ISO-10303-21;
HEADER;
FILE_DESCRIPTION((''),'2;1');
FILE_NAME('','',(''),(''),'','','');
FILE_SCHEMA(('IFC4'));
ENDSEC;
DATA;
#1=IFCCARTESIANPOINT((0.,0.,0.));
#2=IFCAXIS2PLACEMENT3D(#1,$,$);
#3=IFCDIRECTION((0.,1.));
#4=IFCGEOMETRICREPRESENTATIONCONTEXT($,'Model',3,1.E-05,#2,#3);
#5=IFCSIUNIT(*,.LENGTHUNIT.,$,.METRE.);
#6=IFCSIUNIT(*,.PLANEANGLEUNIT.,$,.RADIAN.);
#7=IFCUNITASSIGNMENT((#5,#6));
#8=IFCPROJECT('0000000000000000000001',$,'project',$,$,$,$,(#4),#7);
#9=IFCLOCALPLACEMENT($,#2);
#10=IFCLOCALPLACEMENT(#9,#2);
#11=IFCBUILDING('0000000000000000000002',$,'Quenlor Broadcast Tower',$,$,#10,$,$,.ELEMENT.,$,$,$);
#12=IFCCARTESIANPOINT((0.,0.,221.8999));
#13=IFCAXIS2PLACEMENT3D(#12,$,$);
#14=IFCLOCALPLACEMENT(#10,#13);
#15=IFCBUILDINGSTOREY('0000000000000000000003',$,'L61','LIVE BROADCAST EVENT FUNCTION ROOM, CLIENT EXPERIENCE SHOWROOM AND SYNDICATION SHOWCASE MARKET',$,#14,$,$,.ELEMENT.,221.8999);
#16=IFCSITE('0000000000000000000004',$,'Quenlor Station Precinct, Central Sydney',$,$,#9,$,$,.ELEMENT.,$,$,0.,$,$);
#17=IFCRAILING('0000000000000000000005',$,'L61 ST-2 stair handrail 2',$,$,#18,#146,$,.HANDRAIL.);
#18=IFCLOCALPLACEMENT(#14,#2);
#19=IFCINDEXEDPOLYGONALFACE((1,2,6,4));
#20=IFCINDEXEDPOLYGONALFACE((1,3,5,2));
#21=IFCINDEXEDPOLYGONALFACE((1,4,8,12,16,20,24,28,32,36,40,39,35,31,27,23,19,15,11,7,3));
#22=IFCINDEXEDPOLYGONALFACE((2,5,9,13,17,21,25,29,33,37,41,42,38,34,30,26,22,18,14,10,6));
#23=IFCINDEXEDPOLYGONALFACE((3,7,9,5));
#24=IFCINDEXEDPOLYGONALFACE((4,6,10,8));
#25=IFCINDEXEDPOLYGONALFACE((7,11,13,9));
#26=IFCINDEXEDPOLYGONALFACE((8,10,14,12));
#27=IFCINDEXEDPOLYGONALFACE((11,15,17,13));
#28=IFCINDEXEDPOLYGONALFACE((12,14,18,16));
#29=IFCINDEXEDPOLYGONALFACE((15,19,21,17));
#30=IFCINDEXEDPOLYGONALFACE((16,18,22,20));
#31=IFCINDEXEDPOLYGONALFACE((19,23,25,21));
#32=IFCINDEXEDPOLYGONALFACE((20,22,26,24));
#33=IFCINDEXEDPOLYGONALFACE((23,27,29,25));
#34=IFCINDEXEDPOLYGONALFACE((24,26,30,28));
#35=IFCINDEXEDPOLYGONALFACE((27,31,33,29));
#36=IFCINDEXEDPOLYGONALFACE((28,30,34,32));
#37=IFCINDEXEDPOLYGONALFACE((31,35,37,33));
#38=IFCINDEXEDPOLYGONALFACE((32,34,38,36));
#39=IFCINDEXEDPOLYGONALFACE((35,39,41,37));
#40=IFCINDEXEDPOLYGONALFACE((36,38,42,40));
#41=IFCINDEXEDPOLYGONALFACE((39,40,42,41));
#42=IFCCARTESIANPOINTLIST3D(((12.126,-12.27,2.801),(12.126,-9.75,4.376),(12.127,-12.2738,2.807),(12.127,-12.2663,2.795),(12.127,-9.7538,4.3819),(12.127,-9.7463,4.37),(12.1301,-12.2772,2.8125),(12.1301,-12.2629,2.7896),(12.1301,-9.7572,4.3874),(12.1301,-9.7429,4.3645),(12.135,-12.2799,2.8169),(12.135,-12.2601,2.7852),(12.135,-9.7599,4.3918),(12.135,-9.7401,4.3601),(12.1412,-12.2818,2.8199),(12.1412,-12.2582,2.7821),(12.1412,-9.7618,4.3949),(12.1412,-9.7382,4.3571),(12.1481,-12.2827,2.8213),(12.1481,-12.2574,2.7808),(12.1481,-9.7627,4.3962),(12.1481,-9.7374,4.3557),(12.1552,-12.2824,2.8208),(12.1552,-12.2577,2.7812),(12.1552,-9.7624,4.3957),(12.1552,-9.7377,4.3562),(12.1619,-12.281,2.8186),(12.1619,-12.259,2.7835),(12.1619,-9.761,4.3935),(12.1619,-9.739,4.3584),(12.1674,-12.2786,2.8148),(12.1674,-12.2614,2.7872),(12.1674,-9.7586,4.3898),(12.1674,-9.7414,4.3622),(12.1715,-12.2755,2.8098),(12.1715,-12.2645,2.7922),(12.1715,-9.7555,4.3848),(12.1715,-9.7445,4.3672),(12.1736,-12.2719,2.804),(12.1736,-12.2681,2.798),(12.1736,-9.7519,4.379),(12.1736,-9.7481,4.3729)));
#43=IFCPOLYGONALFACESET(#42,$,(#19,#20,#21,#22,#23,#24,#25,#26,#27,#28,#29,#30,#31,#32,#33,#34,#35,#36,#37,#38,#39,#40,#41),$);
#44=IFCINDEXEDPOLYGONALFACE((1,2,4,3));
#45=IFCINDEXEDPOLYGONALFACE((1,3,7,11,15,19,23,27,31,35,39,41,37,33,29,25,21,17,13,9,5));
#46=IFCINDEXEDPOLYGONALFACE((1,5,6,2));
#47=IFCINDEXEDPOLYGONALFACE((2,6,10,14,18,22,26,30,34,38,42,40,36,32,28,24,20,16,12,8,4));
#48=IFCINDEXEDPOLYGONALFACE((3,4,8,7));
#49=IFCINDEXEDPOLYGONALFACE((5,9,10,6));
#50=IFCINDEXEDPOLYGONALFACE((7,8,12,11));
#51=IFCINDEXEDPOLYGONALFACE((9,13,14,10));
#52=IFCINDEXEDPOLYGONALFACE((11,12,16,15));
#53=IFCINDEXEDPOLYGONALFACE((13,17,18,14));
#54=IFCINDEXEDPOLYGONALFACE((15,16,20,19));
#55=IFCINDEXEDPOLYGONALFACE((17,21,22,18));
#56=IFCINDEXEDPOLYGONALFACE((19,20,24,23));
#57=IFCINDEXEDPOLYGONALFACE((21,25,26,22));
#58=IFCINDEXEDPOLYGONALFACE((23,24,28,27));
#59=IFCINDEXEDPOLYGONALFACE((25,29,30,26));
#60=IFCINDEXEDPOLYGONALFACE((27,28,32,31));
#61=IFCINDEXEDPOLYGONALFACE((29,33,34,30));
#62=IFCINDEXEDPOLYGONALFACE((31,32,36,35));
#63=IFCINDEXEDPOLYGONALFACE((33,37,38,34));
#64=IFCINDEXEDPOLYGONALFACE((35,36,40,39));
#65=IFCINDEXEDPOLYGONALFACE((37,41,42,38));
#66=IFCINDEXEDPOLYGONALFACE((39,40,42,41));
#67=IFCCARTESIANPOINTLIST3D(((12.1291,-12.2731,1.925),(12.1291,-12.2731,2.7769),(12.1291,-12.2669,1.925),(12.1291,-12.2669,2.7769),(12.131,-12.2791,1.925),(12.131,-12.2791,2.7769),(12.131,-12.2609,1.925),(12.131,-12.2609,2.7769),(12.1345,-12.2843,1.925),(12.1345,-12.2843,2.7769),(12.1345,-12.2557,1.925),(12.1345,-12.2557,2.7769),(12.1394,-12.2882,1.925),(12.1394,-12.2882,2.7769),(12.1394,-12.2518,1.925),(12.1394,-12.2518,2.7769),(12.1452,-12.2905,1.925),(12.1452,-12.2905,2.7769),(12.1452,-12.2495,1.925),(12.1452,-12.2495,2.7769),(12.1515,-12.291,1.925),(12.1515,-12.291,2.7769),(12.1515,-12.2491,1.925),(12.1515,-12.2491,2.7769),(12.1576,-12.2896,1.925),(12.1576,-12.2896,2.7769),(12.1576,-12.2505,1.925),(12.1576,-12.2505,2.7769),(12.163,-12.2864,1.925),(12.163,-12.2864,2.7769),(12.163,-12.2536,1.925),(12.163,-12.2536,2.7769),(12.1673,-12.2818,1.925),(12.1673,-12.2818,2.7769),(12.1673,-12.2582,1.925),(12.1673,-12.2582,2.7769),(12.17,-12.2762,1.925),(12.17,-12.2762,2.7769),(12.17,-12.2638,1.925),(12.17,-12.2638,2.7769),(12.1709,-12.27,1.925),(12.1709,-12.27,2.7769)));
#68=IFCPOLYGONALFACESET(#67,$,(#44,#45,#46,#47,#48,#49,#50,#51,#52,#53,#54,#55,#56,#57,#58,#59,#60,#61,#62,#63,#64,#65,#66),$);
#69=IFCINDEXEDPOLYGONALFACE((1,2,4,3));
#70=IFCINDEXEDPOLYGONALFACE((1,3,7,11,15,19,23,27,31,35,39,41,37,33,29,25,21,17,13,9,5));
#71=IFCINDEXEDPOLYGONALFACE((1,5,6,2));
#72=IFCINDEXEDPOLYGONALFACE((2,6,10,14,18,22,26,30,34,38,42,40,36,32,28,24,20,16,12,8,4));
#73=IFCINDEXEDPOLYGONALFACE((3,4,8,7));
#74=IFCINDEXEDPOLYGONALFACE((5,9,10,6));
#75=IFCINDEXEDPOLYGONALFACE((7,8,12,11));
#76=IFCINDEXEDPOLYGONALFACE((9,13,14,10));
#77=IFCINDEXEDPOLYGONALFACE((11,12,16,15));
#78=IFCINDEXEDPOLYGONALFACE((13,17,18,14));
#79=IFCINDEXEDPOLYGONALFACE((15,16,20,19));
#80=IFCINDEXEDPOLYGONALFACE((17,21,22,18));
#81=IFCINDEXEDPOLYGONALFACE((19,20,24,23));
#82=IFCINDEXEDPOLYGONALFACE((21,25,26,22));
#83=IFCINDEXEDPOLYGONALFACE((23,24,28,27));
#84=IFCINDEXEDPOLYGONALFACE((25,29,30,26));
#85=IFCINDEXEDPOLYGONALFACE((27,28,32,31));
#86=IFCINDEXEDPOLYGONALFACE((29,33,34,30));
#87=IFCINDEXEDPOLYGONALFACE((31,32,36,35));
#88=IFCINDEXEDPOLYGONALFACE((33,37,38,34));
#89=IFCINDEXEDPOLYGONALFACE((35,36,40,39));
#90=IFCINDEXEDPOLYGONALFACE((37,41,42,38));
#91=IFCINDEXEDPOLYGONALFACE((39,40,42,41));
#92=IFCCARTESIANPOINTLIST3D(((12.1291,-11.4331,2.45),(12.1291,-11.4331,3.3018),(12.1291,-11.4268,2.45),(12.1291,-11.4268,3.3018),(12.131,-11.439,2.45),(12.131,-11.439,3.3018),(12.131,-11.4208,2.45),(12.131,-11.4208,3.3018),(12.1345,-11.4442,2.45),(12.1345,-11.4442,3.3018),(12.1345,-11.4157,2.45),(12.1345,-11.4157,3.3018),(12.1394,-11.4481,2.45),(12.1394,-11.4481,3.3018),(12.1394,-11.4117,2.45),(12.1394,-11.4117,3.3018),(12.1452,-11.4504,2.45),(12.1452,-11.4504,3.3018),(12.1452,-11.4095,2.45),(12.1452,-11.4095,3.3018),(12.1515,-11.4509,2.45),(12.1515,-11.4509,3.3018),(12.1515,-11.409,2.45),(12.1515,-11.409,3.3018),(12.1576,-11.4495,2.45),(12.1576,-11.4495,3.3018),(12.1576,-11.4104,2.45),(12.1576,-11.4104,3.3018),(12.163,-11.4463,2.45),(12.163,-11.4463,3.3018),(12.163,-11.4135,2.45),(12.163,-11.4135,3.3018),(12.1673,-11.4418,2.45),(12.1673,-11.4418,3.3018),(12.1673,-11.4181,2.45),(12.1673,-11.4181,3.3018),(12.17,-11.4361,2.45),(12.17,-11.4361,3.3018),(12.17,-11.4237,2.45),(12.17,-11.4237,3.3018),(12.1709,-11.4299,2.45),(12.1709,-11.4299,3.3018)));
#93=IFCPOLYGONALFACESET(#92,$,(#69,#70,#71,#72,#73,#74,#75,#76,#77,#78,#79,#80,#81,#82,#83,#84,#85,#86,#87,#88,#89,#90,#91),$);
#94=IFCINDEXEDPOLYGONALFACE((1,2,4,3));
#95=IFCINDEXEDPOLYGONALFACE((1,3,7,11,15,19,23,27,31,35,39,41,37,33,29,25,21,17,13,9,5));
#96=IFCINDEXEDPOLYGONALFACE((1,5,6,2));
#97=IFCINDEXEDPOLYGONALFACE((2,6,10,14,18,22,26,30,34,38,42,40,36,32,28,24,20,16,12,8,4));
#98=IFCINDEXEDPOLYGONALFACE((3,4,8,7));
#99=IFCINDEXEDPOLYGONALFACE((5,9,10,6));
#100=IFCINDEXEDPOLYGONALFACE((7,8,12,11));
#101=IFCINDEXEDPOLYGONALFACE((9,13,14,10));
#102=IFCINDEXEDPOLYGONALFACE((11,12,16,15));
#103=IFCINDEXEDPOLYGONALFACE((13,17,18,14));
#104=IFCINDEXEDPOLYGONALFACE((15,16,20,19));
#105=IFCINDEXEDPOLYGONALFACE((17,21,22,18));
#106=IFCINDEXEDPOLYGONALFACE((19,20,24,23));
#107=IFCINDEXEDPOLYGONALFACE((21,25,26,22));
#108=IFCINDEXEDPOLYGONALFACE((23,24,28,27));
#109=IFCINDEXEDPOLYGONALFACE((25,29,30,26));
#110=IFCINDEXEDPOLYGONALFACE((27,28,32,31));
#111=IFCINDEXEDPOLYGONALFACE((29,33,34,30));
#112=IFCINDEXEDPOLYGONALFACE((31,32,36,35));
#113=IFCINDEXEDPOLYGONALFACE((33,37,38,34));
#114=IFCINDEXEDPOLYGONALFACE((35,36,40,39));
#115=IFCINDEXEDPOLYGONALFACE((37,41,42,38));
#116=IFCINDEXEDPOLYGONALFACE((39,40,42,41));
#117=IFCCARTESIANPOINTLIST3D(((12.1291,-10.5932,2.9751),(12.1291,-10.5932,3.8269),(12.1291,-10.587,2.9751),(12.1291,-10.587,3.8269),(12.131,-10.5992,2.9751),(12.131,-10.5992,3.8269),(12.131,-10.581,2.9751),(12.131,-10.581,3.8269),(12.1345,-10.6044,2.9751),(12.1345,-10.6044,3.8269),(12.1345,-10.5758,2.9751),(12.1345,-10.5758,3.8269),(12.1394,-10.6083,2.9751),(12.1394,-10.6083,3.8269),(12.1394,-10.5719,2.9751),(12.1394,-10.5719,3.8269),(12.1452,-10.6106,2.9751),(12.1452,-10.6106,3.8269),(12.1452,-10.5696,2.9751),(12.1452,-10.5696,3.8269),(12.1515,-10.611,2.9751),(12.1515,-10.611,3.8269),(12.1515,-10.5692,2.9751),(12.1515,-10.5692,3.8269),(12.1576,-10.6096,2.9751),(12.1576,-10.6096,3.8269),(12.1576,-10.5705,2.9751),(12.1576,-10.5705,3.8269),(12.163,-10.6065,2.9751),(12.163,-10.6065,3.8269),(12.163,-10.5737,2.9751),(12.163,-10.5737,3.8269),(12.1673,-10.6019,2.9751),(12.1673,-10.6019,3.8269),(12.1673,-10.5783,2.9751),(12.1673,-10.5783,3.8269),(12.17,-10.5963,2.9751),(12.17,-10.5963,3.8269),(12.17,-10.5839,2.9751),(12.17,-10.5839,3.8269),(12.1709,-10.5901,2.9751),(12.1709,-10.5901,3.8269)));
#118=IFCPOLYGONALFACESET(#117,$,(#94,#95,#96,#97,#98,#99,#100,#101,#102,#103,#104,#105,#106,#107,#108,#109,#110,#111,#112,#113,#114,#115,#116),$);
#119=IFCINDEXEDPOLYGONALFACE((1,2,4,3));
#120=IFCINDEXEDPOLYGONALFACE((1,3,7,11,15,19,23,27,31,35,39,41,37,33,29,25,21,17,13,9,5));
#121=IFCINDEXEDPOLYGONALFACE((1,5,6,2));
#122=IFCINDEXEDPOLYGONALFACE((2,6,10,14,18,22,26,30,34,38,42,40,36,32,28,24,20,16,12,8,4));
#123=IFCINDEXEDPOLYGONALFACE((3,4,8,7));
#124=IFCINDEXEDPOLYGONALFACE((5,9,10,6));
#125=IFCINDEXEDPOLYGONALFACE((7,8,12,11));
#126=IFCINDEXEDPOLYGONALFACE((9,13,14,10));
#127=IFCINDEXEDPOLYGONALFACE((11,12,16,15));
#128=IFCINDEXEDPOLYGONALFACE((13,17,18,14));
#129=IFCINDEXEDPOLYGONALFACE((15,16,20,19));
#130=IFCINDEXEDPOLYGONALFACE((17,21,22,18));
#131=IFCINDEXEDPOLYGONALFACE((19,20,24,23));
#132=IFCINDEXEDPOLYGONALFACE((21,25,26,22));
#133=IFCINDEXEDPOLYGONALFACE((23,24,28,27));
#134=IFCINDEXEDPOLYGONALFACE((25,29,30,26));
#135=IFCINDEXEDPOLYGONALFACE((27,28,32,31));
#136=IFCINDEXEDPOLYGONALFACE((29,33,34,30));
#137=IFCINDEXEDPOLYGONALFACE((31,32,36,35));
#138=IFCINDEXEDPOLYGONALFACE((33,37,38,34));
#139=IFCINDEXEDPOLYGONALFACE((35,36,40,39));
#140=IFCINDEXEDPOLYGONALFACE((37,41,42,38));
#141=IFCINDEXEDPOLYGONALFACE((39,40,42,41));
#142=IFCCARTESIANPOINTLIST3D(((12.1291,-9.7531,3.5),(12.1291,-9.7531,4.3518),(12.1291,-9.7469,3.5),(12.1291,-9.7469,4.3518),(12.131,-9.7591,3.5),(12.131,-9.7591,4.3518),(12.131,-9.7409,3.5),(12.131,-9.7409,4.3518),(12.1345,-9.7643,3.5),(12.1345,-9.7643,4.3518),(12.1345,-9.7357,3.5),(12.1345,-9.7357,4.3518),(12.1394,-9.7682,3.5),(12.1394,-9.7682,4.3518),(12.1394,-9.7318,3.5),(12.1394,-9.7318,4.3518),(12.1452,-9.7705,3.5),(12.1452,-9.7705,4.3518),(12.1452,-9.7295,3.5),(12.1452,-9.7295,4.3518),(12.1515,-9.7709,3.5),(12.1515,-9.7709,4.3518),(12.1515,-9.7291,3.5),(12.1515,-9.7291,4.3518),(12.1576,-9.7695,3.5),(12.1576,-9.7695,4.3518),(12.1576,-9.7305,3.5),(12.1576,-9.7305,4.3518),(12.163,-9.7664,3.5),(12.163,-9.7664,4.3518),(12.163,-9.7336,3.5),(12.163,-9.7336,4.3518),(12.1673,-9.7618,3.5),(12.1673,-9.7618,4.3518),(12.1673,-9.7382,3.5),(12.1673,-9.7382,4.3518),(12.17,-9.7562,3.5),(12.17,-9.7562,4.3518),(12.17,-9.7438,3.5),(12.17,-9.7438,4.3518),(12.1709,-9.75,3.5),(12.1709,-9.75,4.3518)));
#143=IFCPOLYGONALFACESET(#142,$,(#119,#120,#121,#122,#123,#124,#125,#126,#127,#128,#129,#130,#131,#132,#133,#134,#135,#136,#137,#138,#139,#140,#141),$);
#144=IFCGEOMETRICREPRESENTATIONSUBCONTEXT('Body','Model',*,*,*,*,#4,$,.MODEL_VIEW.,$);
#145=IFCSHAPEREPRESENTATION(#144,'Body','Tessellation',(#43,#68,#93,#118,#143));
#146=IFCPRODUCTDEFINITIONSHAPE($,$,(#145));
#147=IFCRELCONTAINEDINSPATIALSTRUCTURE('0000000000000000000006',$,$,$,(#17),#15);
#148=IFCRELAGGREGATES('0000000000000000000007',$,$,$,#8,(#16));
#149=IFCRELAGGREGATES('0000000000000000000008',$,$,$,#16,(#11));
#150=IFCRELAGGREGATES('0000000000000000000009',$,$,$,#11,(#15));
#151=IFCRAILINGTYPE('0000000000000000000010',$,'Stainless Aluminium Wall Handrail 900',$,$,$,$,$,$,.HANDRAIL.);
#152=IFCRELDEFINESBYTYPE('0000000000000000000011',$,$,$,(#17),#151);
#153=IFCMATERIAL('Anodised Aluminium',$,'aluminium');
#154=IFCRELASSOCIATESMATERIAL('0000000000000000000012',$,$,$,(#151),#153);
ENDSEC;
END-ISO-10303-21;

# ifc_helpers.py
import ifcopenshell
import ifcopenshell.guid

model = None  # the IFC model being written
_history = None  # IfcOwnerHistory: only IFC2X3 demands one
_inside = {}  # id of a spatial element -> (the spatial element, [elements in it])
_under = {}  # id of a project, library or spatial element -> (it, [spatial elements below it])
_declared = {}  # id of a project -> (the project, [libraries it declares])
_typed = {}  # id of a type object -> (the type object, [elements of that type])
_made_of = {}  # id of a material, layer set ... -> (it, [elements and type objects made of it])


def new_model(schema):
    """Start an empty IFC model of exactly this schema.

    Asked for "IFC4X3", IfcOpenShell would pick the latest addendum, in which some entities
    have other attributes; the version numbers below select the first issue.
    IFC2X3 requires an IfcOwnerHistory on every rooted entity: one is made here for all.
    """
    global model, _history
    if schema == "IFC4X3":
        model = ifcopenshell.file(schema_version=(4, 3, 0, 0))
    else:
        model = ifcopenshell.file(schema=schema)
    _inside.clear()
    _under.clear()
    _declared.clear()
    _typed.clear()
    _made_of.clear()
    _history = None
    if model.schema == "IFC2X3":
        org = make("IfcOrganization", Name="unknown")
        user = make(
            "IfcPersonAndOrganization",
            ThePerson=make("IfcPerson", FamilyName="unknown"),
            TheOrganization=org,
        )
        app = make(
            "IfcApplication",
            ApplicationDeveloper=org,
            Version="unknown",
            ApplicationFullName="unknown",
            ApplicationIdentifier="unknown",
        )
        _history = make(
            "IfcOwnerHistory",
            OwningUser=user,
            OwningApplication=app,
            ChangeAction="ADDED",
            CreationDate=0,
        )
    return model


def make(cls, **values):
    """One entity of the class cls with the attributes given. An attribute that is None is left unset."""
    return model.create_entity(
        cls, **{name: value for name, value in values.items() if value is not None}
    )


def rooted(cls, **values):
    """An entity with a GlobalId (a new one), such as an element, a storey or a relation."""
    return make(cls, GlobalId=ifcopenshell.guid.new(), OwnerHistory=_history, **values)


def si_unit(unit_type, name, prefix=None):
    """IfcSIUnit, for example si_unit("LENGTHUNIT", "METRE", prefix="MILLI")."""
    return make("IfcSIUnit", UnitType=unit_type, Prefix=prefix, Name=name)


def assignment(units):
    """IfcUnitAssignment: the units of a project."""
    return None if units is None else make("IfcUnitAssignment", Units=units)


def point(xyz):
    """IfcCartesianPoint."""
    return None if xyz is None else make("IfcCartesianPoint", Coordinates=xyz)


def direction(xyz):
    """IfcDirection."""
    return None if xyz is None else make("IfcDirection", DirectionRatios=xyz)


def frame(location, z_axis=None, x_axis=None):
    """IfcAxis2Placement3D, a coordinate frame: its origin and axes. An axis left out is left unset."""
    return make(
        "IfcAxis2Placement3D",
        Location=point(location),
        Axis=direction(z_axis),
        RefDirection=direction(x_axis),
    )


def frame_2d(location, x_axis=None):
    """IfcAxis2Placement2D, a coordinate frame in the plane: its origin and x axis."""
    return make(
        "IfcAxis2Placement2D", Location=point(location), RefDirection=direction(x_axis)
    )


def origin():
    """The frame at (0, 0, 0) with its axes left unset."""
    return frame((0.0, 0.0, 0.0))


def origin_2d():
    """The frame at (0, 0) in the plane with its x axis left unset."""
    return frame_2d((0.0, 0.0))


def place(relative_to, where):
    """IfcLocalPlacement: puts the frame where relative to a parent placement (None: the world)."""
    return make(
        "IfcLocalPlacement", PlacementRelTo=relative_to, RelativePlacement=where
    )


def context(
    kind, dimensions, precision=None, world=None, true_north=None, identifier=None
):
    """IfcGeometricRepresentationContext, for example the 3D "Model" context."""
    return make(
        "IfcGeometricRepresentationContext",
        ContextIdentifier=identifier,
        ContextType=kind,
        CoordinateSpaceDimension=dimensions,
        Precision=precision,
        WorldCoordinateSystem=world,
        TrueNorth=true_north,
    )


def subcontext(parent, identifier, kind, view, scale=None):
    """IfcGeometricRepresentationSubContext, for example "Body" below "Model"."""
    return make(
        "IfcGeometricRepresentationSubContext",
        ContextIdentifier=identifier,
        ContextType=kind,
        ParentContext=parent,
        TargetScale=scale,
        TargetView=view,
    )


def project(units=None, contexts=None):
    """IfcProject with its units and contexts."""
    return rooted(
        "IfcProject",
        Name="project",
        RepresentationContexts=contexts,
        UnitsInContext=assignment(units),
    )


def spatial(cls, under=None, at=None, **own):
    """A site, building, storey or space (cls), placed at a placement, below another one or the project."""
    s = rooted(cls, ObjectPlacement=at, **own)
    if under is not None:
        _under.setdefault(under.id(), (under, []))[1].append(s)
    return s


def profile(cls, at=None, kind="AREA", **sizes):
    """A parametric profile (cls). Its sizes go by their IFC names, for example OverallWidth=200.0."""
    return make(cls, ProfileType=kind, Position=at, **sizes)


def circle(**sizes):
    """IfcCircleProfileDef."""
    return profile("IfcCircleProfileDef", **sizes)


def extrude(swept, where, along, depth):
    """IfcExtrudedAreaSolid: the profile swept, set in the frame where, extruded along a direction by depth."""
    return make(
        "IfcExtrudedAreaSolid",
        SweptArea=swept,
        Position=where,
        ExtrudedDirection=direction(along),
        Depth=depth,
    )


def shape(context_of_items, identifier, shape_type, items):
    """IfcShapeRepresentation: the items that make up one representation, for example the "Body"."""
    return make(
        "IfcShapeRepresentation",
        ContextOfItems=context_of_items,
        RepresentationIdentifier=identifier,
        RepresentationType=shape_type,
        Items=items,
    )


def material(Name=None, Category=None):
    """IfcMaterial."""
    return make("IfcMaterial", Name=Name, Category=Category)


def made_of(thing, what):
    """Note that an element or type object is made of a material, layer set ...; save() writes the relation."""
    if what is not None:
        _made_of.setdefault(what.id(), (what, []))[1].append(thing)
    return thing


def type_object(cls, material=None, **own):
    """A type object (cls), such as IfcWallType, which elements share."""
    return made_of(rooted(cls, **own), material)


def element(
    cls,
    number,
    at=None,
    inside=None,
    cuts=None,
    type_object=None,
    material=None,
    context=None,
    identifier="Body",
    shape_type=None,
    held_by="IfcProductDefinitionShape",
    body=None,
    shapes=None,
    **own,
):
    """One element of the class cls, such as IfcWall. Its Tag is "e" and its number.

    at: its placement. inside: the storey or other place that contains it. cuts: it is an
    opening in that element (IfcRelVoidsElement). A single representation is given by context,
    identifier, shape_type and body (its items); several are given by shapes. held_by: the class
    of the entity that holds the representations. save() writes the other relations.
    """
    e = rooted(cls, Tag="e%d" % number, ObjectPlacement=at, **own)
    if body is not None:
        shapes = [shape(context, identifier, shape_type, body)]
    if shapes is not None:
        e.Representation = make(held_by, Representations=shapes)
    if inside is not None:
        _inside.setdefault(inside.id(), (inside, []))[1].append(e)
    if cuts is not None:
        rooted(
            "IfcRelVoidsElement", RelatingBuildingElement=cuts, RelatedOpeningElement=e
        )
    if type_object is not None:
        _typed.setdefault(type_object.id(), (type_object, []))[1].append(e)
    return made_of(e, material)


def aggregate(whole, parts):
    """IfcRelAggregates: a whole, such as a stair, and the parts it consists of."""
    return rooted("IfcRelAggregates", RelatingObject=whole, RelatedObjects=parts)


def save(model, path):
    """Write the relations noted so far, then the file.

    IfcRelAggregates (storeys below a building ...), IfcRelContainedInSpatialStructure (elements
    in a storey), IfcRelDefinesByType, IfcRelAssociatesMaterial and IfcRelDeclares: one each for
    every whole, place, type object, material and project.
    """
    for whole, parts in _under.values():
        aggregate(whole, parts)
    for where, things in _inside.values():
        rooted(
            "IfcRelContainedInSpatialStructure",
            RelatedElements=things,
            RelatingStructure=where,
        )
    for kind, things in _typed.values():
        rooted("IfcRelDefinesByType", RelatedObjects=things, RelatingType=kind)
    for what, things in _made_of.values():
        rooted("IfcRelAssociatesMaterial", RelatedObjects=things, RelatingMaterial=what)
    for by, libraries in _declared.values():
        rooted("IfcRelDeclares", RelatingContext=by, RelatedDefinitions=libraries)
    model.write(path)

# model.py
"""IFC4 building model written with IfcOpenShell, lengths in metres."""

from ifc_helpers import new_model, si_unit, direction, frame, origin, origin_2d, place, context, subcontext, project, spatial, circle, extrude, material, type_object, element, save


model = new_model("IFC4")

# Units and contexts
model_context = context("Model", 3, precision=1e-05, world=origin(), true_north=direction((0.0, 1.0)))
body_context = subcontext(model_context, "Body", "Model", "MODEL_VIEW")
ifc_project = project(units=[si_unit("LENGTHUNIT", "METRE"), si_unit("PLANEANGLEUNIT", "RADIAN")], contexts=[model_context])

# Site, building, storey
site_placement = place(None, origin())
site = spatial("IfcSite", under=ifc_project, at=site_placement, Name="Quenlor Station Precinct, Central Sydney", CompositionType="ELEMENT", RefElevation=0.0)
building_placement = place(site_placement, origin())
building = spatial("IfcBuilding", under=site, at=building_placement, Name="Quenlor Broadcast Tower", CompositionType="ELEMENT")
storey_placement = place(building_placement, frame((0.0, 0.0, 221.8999)))
storey = spatial("IfcBuildingStorey", under=building, at=storey_placement, Name="L61", Description="LIVE BROADCAST EVENT FUNCTION ROOM, CLIENT EXPERIENCE SHOWROOM AND SYNDICATION SHOWCASE MARKET", CompositionType="ELEMENT", Elevation=221.8999)

# Railing
ifc_material_1 = material(Name="Anodised Aluminium", Category="aluminium")
railing_type = type_object("IfcRailingType", Name="Stainless Aluminium Wall Handrail 900", PredefinedType="HANDRAIL", material=ifc_material_1)
railing_placement = place(storey_placement, frame((12.1499, -12.27, 1.925)))
element("IfcRailing", 1, at=railing_placement, inside=storey, type_object=railing_type, Name="L61 ST-2 stair handrail 2", PredefinedType="HANDRAIL", context=body_context, shape_type="SweptSolid", body=[
    extrude(circle(Radius=0.0239, at=origin_2d()), frame((0.0, 0.0, 0.876), z_axis=(0.0, 0.848008, 0.529984), x_axis=(-1.0, 0.0, 0.0)), (0.0, 0.0, 1.0), 2.9717),
    extrude(circle(Radius=0.021, at=origin_2d()), origin(), (0.0, 0.0, 1.0), 0.8518),
    extrude(circle(Radius=0.021, at=origin_2d()), frame((0.0, 0.8401, 0.5249)), (0.0, 0.0, 1.0), 0.8518),
    extrude(circle(Radius=0.021, at=origin_2d()), frame((0.0, 1.6799, 1.05)), (0.0, 0.0, 1.0), 0.8518),
    extrude(circle(Radius=0.021, at=origin_2d()), frame((0.0, 2.52, 1.575)), (0.0, 0.0, 1.0), 0.8518),
])

save(model, "model.ifc")
